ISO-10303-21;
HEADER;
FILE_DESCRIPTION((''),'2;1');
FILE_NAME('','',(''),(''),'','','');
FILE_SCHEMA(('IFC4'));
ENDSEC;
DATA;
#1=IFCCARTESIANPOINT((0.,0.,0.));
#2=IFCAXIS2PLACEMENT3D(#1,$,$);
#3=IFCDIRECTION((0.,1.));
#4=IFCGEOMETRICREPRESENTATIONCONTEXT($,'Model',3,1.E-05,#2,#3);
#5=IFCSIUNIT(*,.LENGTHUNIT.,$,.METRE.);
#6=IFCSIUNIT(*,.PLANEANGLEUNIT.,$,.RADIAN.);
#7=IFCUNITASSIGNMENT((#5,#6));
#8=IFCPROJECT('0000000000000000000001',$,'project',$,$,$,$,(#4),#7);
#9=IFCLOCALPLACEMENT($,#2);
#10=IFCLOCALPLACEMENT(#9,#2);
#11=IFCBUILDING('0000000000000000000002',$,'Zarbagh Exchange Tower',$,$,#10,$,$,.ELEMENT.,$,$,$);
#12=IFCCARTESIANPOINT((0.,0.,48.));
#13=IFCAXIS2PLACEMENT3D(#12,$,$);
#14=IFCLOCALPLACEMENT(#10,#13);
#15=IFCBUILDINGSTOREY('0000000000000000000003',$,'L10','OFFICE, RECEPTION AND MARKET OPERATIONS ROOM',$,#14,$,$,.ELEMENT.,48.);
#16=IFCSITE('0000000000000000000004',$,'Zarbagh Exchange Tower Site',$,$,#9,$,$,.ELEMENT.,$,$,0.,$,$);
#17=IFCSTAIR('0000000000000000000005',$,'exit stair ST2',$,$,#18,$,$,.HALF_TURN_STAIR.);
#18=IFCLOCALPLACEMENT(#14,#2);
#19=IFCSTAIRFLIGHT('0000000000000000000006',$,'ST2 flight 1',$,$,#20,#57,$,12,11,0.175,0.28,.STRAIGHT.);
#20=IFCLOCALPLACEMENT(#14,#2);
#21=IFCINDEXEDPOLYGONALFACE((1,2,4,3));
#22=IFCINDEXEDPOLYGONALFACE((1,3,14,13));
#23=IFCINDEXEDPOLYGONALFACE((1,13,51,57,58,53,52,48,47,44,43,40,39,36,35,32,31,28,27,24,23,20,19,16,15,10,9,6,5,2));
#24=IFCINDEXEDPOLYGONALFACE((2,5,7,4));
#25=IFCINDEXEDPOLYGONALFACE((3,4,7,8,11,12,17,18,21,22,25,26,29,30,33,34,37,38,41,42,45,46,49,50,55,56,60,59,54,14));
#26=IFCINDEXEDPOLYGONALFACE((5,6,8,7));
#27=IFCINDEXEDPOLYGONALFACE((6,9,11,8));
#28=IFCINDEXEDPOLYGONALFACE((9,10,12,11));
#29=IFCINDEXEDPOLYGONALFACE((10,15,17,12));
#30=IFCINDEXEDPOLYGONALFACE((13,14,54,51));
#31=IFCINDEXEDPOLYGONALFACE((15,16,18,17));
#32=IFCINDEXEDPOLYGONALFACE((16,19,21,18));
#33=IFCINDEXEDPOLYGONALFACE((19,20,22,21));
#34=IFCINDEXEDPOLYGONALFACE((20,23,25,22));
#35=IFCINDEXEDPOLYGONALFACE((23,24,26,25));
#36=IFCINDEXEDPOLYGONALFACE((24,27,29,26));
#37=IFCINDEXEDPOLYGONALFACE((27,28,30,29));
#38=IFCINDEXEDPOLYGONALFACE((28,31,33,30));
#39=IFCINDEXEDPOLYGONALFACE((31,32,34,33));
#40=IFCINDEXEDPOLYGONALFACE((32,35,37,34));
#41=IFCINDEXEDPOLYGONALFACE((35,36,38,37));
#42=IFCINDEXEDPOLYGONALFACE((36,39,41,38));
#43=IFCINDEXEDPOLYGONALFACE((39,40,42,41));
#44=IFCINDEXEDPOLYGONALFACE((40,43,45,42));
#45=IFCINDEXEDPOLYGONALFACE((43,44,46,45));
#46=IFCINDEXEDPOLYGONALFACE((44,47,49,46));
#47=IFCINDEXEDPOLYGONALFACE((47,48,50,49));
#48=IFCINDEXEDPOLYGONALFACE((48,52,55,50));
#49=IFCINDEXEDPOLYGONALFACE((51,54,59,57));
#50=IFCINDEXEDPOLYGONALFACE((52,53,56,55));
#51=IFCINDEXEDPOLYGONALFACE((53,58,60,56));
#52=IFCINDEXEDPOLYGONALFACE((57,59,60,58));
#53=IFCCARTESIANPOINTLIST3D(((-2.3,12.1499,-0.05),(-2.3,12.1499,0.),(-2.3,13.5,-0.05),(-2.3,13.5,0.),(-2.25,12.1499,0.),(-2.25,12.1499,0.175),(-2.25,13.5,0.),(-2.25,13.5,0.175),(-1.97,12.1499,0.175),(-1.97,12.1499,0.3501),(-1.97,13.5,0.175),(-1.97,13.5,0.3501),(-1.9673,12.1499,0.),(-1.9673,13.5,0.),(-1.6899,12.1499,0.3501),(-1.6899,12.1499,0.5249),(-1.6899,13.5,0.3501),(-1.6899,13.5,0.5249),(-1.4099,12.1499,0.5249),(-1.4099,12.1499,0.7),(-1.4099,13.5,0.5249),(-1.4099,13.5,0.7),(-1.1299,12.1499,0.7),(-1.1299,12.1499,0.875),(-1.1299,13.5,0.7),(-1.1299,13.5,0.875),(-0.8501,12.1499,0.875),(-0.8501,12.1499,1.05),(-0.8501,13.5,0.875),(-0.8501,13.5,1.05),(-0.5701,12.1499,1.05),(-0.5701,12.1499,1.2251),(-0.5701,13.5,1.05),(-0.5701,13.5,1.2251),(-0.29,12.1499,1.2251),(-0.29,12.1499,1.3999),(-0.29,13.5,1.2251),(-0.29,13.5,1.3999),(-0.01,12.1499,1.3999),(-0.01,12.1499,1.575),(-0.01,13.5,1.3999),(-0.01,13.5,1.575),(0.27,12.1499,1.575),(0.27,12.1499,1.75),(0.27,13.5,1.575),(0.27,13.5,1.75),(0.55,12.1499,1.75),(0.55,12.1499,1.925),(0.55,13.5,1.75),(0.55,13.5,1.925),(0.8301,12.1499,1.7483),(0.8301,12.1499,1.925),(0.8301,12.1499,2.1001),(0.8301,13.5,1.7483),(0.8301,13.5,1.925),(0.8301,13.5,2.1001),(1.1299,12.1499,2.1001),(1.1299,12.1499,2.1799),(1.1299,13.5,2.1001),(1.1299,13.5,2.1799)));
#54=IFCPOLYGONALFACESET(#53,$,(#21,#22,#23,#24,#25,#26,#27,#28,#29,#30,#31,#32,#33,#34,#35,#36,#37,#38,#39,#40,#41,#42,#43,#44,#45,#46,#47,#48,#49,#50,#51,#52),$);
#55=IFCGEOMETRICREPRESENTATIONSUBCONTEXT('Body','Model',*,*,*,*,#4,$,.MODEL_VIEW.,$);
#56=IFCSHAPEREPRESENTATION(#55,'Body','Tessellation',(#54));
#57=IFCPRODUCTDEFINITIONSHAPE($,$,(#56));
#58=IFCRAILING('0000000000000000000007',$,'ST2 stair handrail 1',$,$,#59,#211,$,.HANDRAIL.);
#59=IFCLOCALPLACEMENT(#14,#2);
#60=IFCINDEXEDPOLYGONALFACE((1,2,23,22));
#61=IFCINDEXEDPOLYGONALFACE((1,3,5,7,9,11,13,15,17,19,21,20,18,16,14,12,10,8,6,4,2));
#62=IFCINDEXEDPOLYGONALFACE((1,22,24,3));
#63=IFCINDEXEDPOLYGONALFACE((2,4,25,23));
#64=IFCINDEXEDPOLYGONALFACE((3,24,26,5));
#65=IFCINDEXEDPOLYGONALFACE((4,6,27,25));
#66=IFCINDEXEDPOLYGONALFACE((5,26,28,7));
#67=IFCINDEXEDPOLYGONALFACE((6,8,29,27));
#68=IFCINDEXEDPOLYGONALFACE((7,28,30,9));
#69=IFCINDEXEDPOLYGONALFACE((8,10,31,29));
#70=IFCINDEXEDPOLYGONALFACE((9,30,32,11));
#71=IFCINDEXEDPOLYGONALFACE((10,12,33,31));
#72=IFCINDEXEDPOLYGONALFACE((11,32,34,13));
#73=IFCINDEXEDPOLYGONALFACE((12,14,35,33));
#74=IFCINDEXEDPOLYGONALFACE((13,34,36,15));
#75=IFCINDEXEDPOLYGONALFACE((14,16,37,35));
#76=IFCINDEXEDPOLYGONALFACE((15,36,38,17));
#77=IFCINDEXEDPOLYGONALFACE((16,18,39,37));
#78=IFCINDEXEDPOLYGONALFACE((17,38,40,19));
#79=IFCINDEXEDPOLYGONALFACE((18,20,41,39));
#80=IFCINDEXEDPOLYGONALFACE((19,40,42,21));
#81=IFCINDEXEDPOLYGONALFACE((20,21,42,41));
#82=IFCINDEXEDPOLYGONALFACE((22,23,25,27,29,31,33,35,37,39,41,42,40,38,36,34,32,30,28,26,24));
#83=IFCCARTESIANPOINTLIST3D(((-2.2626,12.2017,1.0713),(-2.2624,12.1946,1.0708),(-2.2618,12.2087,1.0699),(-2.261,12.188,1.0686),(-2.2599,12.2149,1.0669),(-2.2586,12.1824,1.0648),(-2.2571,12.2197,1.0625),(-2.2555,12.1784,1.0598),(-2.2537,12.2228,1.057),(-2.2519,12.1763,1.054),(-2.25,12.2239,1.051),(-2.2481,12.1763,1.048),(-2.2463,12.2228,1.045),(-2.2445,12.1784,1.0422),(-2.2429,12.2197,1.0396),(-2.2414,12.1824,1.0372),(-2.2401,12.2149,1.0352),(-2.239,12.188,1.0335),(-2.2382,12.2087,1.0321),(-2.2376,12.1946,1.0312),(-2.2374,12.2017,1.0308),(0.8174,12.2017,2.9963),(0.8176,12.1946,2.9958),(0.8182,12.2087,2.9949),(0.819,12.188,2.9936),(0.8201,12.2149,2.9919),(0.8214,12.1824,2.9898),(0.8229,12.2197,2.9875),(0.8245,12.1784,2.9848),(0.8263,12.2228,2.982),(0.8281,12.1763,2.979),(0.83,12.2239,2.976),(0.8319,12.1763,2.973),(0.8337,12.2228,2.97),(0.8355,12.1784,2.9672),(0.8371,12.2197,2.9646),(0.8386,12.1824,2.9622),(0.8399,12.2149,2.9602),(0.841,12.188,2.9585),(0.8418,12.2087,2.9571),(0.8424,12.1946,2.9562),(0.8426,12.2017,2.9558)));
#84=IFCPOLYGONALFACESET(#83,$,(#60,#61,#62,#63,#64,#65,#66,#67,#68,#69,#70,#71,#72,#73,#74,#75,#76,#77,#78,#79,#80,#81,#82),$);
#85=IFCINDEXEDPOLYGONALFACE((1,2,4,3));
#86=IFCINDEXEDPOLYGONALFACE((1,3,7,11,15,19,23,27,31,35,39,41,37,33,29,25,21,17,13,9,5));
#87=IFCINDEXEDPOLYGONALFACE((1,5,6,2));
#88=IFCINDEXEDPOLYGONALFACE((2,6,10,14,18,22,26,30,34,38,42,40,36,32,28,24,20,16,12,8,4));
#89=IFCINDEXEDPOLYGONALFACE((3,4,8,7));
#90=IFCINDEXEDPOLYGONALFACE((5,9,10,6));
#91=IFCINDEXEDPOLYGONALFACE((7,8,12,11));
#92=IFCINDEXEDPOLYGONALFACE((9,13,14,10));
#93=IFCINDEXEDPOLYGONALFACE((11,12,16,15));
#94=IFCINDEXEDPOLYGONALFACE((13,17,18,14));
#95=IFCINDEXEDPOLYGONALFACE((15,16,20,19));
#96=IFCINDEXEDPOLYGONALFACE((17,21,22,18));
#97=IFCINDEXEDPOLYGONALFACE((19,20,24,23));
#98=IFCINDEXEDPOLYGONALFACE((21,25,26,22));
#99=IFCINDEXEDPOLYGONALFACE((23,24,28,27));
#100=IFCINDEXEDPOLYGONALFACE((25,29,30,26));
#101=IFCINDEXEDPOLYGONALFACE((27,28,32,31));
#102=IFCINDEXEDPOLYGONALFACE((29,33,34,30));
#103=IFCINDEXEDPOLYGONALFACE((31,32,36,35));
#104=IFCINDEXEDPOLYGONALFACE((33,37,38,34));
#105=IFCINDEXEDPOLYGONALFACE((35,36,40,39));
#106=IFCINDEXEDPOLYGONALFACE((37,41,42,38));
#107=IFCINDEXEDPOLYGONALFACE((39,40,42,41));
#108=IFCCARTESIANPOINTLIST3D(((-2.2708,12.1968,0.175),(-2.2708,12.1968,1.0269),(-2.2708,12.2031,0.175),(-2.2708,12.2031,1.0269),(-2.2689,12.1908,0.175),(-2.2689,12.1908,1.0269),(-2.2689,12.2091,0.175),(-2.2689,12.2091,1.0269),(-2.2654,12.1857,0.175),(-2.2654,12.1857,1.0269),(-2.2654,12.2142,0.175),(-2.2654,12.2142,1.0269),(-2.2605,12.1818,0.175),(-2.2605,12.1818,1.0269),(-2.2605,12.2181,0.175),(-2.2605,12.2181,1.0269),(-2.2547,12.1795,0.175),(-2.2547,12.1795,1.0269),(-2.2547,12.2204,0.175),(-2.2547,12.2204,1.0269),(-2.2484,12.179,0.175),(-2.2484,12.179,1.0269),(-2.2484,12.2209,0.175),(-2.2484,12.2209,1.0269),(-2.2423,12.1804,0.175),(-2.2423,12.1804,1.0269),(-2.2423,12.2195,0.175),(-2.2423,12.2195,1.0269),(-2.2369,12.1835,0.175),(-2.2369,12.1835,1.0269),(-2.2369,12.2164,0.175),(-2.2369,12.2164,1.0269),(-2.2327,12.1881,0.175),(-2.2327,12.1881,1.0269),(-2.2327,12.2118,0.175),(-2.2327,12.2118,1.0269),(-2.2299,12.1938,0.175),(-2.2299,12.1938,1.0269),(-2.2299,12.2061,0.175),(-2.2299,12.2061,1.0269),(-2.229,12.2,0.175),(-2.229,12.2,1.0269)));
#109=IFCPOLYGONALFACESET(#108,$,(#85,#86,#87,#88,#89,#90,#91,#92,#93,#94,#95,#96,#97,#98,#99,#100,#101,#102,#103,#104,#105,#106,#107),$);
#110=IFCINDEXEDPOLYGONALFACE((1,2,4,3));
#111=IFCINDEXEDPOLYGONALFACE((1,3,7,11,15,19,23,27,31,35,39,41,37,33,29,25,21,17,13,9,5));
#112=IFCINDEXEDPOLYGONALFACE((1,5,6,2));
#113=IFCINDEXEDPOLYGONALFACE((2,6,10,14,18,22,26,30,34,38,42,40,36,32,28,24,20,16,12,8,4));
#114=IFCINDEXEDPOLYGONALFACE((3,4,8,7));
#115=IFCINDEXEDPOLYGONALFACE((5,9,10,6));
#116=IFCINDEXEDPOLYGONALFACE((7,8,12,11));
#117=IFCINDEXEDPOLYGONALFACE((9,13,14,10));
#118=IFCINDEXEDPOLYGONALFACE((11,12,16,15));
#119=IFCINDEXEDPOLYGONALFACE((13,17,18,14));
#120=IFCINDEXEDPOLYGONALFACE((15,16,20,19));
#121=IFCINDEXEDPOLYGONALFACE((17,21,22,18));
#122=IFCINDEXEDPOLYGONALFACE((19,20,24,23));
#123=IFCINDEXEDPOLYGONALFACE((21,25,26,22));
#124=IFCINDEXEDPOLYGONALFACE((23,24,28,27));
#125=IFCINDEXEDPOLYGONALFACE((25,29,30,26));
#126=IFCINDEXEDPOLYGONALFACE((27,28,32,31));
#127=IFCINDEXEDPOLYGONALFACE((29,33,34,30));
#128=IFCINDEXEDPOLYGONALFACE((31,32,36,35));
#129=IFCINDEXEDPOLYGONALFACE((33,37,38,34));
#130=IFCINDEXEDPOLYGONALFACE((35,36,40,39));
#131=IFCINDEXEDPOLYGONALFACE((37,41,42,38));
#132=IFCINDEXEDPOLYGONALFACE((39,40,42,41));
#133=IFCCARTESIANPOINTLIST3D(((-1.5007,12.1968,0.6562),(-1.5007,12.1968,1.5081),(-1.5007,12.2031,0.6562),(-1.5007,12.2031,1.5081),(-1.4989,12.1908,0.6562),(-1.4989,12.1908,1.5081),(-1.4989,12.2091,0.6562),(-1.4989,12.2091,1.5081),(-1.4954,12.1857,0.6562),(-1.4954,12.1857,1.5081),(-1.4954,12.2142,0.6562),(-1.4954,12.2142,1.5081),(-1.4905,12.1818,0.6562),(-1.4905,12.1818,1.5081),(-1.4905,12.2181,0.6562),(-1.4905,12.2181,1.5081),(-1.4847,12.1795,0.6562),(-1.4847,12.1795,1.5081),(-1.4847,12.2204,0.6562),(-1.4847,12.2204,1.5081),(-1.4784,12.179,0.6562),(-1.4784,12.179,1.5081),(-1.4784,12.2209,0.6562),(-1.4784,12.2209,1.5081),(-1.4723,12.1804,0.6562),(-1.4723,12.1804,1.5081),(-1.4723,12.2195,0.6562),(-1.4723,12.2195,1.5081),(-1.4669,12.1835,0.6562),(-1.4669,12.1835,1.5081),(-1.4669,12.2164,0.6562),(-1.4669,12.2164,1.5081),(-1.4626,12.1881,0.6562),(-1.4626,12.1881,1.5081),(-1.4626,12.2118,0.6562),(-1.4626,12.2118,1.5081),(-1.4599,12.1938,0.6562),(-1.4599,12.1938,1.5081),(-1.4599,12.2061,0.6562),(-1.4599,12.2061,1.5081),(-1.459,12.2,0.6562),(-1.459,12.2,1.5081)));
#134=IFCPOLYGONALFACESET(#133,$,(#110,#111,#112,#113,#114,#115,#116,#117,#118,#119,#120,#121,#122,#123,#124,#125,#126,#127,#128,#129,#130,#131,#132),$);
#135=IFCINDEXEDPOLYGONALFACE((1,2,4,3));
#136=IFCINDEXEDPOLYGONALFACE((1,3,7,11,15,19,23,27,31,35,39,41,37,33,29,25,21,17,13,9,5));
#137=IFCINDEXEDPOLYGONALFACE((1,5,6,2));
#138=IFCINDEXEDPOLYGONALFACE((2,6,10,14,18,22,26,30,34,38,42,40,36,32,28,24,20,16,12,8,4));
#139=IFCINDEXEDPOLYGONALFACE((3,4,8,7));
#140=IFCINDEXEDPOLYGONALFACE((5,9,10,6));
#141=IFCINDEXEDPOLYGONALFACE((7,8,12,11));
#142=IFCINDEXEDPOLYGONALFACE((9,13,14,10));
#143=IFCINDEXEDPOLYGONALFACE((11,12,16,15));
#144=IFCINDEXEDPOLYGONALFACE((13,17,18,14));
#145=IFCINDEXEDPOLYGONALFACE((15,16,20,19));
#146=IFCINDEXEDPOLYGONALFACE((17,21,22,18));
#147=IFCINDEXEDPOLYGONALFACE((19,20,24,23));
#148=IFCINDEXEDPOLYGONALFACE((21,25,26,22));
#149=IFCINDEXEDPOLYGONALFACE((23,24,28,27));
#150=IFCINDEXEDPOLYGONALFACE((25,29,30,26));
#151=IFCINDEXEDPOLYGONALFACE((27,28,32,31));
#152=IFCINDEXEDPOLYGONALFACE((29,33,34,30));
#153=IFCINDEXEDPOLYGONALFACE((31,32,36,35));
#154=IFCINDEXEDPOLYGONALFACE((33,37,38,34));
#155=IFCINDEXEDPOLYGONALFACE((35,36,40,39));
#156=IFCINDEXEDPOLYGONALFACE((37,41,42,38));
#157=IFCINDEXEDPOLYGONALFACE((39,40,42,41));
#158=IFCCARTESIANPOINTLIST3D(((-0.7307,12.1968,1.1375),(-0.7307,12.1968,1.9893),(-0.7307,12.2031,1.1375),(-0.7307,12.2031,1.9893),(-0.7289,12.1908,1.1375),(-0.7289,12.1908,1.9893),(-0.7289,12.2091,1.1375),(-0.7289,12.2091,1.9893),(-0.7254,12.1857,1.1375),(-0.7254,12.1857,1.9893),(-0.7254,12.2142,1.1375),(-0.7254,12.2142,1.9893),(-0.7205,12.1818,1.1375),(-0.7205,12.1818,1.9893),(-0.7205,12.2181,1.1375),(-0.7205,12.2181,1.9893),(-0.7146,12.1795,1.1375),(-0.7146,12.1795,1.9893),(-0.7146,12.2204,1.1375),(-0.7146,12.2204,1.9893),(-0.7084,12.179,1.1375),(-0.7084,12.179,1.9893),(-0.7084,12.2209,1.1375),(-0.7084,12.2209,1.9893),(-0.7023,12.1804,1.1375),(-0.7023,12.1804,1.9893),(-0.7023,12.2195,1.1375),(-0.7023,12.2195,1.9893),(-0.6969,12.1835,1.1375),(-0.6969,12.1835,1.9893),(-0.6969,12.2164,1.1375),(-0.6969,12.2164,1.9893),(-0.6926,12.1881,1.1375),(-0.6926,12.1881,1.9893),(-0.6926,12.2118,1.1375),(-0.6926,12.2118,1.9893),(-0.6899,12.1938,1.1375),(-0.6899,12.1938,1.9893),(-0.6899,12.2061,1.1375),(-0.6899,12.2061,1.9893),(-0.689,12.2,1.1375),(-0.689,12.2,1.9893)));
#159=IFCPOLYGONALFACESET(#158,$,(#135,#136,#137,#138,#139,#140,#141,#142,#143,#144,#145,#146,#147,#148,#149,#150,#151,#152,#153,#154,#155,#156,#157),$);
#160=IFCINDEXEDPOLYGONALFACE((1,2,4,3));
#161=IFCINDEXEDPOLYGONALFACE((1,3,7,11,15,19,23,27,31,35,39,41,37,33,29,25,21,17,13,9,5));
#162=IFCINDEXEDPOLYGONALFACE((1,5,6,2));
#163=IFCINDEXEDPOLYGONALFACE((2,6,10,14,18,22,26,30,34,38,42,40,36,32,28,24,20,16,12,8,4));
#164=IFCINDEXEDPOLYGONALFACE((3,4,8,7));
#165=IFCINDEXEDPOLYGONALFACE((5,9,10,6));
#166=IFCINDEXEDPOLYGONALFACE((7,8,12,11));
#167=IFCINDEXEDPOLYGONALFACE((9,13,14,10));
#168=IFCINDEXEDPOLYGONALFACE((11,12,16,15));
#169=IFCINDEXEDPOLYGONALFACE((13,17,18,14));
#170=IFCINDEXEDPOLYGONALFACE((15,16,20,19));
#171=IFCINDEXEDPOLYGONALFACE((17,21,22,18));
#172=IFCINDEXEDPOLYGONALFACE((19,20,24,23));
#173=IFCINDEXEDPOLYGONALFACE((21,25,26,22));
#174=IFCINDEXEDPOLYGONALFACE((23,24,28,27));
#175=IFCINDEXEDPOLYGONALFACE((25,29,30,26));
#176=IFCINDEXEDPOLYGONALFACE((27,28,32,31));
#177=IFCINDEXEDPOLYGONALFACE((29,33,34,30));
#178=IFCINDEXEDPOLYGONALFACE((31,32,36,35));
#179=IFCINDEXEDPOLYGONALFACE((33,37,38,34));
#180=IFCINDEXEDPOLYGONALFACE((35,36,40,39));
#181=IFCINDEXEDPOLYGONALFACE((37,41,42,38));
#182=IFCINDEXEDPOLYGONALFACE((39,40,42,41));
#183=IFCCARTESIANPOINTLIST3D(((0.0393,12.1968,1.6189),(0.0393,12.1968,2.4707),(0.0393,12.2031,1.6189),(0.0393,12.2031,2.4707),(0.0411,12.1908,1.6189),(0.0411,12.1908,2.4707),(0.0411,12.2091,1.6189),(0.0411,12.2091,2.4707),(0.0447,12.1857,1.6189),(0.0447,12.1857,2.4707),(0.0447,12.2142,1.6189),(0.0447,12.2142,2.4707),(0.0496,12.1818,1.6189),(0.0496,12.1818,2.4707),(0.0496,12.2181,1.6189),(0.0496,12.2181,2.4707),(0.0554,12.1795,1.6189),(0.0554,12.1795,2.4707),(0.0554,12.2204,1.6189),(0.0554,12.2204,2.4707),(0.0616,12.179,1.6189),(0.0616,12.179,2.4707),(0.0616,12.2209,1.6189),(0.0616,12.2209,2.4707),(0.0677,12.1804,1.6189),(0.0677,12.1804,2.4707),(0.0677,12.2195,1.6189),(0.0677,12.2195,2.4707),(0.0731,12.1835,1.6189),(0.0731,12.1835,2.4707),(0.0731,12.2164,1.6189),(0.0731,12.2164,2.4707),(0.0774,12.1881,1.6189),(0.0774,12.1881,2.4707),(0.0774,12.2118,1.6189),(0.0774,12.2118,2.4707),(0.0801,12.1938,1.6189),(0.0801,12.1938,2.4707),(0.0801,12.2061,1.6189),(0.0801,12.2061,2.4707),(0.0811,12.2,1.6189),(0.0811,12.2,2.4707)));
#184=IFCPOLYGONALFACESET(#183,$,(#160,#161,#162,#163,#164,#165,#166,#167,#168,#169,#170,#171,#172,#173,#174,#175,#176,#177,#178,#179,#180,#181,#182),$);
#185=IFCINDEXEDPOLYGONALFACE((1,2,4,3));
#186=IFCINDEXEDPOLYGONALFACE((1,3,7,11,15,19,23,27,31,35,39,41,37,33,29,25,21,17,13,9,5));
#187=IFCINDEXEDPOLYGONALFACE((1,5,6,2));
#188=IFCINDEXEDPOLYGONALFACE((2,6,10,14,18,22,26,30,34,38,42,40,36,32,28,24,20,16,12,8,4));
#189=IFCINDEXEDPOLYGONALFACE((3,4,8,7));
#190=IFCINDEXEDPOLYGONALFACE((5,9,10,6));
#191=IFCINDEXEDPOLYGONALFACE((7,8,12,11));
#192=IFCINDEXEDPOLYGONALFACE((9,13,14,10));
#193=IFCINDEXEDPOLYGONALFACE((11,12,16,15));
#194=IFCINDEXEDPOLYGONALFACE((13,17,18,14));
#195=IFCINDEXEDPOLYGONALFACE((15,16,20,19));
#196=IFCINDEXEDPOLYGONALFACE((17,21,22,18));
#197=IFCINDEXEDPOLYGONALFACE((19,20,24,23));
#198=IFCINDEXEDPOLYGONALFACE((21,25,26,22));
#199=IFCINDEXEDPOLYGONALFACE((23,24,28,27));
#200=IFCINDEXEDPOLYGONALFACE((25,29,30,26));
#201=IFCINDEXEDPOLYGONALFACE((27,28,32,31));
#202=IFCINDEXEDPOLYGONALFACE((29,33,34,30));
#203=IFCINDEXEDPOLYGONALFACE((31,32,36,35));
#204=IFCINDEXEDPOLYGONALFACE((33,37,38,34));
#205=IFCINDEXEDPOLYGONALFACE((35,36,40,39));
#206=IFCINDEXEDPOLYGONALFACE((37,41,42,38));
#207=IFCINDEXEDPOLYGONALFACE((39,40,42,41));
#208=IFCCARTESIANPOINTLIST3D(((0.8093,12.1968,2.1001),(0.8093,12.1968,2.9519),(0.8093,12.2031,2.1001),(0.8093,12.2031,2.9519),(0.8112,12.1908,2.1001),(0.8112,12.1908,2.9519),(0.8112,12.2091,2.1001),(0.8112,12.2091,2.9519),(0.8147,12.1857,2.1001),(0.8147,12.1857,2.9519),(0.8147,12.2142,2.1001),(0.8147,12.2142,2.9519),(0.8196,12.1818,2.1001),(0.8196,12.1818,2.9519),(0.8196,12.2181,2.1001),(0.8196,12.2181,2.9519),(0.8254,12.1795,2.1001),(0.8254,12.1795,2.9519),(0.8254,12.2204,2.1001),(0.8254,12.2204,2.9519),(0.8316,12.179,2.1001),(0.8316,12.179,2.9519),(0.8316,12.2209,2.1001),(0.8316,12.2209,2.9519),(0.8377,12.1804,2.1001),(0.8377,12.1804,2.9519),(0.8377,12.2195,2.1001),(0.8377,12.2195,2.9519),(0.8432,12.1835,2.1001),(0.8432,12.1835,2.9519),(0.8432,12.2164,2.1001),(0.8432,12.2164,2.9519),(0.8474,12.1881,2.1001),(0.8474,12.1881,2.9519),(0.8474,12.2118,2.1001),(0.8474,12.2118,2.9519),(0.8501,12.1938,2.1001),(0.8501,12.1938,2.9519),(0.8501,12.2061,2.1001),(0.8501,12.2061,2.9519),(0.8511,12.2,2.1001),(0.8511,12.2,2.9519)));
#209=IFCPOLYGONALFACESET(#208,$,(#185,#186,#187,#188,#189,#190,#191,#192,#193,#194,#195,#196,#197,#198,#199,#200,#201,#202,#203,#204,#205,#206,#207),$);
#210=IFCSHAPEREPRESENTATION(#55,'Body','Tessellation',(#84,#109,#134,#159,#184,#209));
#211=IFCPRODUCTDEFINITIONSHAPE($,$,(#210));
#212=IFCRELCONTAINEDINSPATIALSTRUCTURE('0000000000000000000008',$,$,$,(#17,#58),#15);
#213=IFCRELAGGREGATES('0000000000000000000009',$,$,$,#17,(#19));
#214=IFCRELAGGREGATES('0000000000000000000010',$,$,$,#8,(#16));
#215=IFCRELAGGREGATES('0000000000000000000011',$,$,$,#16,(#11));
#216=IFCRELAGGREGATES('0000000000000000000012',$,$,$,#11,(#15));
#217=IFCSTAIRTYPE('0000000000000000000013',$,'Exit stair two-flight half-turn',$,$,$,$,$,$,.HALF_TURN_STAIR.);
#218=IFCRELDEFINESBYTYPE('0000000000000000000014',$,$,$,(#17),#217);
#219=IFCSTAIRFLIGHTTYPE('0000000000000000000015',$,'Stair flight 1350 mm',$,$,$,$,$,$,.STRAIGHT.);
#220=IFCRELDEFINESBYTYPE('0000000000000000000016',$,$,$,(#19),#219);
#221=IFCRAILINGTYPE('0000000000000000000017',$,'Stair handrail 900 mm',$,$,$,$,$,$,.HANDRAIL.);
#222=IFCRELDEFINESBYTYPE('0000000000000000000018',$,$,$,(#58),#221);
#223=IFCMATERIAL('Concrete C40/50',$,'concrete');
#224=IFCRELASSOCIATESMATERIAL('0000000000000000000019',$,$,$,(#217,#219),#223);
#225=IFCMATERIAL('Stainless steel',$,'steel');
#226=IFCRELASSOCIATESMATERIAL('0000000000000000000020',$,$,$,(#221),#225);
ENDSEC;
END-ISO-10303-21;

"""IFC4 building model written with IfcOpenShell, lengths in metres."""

from ifc_helpers import new_model, si_unit, direction, frame, origin, origin_2d, place, context, subcontext, project, spatial, polyline, circle, outline, extrude, material, type_object, element, aggregate, save


model = new_model("IFC4")

# Units and contexts
model_context = context("Model", 3, precision=1e-05, world=origin(), true_north=direction((0.0, 1.0)))
body_context = subcontext(model_context, "Body", "Model", "MODEL_VIEW")
ifc_project = project(units=[si_unit("LENGTHUNIT", "METRE"), si_unit("PLANEANGLEUNIT", "RADIAN")], contexts=[model_context])

# Site, building, storey
site_placement = place(None, origin())
site = spatial("IfcSite", under=ifc_project, at=site_placement, Name="Zarbagh Exchange Tower Site", CompositionType="ELEMENT", RefElevation=0.0)
building_placement = place(site_placement, origin())
building = spatial("IfcBuilding", under=site, at=building_placement, Name="Zarbagh Exchange Tower", CompositionType="ELEMENT")
storey_placement = place(building_placement, frame((0.0, 0.0, 48.0)))
storey = spatial("IfcBuildingStorey", under=building, at=storey_placement, Name="L10", Description="OFFICE, RECEPTION AND MARKET OPERATIONS ROOM", CompositionType="ELEMENT", Elevation=48.0)

# Shared definitions
ifc_material_1 = material(Name="Concrete C40/50", Category="concrete")

# Stair, stair flight
stair_type = type_object("IfcStairType", Name="Exit stair two-flight half-turn", PredefinedType="HALF_TURN_STAIR", material=ifc_material_1)
stair_placement = place(storey_placement, origin())
stair = element("IfcStair", 1, at=stair_placement, inside=storey, type_object=stair_type, Name="exit stair ST2", PredefinedType="HALF_TURN_STAIR")
stair_flight_type = type_object("IfcStairFlightType", Name="Stair flight 1350 mm", PredefinedType="STRAIGHT", material=ifc_material_1)
stair_flight_placement = place(storey_placement, frame((-2.25, 12.825, 0.0), z_axis=(0.0, 0.0, 1.0), x_axis=(1.0, 0.0, 0.0)))
stair_flight = element("IfcStairFlight", 2, at=stair_flight_placement, type_object=stair_flight_type, Name="ST2 flight 1", NumberOfRisers=12, NumberOfTreads=11, PredefinedType="STRAIGHT", RiserHeight=0.175, TreadLength=0.28, context=body_context, shape_type="SweptSolid", body=[
    extrude(outline(polyline([(-0.05, -0.05), (-0.05, 0.0), (0.0, 0.0), (0.0, 0.175), (0.28, 0.175), (0.28, 0.3501), (0.5601, 0.3501), (0.5601, 0.5249), (0.8401, 0.5249), (0.8401, 0.7), (1.1201, 0.7), (1.1201, 0.875), (1.3999, 0.875), (1.3999, 1.05), (1.6799, 1.05), (1.6799, 1.2251), (1.96, 1.2251), (1.96, 1.3999), (2.24, 1.3999), (2.24, 1.575), (2.52, 1.575), (2.52, 1.75), (2.8, 1.75), (2.8, 1.925), (3.0801, 1.925), (3.0801, 2.1001), (3.3799, 2.1799), (3.3799, 2.1001), (3.0801, 1.7483), (0.2827, 0.0), (-0.05, -0.05)])), frame((0.0, 0.675, 0.0), z_axis=(0.0, -1.0, 0.0), x_axis=(1.0, 0.0, 0.0)), (0.0, 0.0, 1.0), 1.3501),
])
aggregate(stair, [stair_flight])

# Railing
ifc_material_2 = material(Name="Stainless steel", Category="steel")
railing_type = type_object("IfcRailingType", Name="Stair handrail 900 mm", PredefinedType="HANDRAIL", material=ifc_material_2)
railing_placement = place(storey_placement, frame((-2.25, 12.2, 0.175)))
element("IfcRailing", 3, at=railing_placement, inside=storey, type_object=railing_type, Name="ST2 stair handrail 1", PredefinedType="HANDRAIL", context=body_context, shape_type="SweptSolid", body=[
    extrude(circle(Radius=0.0239, at=origin_2d()), frame((0.0, 0.0, 0.876), z_axis=(0.847998, 0.0, 0.529999), x_axis=(0.0, 1.0, 0.0)), (0.0, 0.0, 1.0), 3.6321),
    extrude(circle(Radius=0.021, at=origin_2d()), origin(), (0.0, 0.0, 1.0), 0.8518),
    extrude(circle(Radius=0.021, at=origin_2d()), frame((0.77, 0.0, 0.4812)), (0.0, 0.0, 1.0), 0.8518),
    extrude(circle(Radius=0.021, at=origin_2d()), frame((1.54, 0.0, 0.9624)), (0.0, 0.0, 1.0), 0.8518),
    extrude(circle(Radius=0.021, at=origin_2d()), frame((2.3101, 0.0, 1.4438)), (0.0, 0.0, 1.0), 0.8518),
    extrude(circle(Radius=0.021, at=origin_2d()), frame((3.0801, 0.0, 1.925)), (0.0, 0.0, 1.0), 0.8518),
])

save(model, "model.ifc")
